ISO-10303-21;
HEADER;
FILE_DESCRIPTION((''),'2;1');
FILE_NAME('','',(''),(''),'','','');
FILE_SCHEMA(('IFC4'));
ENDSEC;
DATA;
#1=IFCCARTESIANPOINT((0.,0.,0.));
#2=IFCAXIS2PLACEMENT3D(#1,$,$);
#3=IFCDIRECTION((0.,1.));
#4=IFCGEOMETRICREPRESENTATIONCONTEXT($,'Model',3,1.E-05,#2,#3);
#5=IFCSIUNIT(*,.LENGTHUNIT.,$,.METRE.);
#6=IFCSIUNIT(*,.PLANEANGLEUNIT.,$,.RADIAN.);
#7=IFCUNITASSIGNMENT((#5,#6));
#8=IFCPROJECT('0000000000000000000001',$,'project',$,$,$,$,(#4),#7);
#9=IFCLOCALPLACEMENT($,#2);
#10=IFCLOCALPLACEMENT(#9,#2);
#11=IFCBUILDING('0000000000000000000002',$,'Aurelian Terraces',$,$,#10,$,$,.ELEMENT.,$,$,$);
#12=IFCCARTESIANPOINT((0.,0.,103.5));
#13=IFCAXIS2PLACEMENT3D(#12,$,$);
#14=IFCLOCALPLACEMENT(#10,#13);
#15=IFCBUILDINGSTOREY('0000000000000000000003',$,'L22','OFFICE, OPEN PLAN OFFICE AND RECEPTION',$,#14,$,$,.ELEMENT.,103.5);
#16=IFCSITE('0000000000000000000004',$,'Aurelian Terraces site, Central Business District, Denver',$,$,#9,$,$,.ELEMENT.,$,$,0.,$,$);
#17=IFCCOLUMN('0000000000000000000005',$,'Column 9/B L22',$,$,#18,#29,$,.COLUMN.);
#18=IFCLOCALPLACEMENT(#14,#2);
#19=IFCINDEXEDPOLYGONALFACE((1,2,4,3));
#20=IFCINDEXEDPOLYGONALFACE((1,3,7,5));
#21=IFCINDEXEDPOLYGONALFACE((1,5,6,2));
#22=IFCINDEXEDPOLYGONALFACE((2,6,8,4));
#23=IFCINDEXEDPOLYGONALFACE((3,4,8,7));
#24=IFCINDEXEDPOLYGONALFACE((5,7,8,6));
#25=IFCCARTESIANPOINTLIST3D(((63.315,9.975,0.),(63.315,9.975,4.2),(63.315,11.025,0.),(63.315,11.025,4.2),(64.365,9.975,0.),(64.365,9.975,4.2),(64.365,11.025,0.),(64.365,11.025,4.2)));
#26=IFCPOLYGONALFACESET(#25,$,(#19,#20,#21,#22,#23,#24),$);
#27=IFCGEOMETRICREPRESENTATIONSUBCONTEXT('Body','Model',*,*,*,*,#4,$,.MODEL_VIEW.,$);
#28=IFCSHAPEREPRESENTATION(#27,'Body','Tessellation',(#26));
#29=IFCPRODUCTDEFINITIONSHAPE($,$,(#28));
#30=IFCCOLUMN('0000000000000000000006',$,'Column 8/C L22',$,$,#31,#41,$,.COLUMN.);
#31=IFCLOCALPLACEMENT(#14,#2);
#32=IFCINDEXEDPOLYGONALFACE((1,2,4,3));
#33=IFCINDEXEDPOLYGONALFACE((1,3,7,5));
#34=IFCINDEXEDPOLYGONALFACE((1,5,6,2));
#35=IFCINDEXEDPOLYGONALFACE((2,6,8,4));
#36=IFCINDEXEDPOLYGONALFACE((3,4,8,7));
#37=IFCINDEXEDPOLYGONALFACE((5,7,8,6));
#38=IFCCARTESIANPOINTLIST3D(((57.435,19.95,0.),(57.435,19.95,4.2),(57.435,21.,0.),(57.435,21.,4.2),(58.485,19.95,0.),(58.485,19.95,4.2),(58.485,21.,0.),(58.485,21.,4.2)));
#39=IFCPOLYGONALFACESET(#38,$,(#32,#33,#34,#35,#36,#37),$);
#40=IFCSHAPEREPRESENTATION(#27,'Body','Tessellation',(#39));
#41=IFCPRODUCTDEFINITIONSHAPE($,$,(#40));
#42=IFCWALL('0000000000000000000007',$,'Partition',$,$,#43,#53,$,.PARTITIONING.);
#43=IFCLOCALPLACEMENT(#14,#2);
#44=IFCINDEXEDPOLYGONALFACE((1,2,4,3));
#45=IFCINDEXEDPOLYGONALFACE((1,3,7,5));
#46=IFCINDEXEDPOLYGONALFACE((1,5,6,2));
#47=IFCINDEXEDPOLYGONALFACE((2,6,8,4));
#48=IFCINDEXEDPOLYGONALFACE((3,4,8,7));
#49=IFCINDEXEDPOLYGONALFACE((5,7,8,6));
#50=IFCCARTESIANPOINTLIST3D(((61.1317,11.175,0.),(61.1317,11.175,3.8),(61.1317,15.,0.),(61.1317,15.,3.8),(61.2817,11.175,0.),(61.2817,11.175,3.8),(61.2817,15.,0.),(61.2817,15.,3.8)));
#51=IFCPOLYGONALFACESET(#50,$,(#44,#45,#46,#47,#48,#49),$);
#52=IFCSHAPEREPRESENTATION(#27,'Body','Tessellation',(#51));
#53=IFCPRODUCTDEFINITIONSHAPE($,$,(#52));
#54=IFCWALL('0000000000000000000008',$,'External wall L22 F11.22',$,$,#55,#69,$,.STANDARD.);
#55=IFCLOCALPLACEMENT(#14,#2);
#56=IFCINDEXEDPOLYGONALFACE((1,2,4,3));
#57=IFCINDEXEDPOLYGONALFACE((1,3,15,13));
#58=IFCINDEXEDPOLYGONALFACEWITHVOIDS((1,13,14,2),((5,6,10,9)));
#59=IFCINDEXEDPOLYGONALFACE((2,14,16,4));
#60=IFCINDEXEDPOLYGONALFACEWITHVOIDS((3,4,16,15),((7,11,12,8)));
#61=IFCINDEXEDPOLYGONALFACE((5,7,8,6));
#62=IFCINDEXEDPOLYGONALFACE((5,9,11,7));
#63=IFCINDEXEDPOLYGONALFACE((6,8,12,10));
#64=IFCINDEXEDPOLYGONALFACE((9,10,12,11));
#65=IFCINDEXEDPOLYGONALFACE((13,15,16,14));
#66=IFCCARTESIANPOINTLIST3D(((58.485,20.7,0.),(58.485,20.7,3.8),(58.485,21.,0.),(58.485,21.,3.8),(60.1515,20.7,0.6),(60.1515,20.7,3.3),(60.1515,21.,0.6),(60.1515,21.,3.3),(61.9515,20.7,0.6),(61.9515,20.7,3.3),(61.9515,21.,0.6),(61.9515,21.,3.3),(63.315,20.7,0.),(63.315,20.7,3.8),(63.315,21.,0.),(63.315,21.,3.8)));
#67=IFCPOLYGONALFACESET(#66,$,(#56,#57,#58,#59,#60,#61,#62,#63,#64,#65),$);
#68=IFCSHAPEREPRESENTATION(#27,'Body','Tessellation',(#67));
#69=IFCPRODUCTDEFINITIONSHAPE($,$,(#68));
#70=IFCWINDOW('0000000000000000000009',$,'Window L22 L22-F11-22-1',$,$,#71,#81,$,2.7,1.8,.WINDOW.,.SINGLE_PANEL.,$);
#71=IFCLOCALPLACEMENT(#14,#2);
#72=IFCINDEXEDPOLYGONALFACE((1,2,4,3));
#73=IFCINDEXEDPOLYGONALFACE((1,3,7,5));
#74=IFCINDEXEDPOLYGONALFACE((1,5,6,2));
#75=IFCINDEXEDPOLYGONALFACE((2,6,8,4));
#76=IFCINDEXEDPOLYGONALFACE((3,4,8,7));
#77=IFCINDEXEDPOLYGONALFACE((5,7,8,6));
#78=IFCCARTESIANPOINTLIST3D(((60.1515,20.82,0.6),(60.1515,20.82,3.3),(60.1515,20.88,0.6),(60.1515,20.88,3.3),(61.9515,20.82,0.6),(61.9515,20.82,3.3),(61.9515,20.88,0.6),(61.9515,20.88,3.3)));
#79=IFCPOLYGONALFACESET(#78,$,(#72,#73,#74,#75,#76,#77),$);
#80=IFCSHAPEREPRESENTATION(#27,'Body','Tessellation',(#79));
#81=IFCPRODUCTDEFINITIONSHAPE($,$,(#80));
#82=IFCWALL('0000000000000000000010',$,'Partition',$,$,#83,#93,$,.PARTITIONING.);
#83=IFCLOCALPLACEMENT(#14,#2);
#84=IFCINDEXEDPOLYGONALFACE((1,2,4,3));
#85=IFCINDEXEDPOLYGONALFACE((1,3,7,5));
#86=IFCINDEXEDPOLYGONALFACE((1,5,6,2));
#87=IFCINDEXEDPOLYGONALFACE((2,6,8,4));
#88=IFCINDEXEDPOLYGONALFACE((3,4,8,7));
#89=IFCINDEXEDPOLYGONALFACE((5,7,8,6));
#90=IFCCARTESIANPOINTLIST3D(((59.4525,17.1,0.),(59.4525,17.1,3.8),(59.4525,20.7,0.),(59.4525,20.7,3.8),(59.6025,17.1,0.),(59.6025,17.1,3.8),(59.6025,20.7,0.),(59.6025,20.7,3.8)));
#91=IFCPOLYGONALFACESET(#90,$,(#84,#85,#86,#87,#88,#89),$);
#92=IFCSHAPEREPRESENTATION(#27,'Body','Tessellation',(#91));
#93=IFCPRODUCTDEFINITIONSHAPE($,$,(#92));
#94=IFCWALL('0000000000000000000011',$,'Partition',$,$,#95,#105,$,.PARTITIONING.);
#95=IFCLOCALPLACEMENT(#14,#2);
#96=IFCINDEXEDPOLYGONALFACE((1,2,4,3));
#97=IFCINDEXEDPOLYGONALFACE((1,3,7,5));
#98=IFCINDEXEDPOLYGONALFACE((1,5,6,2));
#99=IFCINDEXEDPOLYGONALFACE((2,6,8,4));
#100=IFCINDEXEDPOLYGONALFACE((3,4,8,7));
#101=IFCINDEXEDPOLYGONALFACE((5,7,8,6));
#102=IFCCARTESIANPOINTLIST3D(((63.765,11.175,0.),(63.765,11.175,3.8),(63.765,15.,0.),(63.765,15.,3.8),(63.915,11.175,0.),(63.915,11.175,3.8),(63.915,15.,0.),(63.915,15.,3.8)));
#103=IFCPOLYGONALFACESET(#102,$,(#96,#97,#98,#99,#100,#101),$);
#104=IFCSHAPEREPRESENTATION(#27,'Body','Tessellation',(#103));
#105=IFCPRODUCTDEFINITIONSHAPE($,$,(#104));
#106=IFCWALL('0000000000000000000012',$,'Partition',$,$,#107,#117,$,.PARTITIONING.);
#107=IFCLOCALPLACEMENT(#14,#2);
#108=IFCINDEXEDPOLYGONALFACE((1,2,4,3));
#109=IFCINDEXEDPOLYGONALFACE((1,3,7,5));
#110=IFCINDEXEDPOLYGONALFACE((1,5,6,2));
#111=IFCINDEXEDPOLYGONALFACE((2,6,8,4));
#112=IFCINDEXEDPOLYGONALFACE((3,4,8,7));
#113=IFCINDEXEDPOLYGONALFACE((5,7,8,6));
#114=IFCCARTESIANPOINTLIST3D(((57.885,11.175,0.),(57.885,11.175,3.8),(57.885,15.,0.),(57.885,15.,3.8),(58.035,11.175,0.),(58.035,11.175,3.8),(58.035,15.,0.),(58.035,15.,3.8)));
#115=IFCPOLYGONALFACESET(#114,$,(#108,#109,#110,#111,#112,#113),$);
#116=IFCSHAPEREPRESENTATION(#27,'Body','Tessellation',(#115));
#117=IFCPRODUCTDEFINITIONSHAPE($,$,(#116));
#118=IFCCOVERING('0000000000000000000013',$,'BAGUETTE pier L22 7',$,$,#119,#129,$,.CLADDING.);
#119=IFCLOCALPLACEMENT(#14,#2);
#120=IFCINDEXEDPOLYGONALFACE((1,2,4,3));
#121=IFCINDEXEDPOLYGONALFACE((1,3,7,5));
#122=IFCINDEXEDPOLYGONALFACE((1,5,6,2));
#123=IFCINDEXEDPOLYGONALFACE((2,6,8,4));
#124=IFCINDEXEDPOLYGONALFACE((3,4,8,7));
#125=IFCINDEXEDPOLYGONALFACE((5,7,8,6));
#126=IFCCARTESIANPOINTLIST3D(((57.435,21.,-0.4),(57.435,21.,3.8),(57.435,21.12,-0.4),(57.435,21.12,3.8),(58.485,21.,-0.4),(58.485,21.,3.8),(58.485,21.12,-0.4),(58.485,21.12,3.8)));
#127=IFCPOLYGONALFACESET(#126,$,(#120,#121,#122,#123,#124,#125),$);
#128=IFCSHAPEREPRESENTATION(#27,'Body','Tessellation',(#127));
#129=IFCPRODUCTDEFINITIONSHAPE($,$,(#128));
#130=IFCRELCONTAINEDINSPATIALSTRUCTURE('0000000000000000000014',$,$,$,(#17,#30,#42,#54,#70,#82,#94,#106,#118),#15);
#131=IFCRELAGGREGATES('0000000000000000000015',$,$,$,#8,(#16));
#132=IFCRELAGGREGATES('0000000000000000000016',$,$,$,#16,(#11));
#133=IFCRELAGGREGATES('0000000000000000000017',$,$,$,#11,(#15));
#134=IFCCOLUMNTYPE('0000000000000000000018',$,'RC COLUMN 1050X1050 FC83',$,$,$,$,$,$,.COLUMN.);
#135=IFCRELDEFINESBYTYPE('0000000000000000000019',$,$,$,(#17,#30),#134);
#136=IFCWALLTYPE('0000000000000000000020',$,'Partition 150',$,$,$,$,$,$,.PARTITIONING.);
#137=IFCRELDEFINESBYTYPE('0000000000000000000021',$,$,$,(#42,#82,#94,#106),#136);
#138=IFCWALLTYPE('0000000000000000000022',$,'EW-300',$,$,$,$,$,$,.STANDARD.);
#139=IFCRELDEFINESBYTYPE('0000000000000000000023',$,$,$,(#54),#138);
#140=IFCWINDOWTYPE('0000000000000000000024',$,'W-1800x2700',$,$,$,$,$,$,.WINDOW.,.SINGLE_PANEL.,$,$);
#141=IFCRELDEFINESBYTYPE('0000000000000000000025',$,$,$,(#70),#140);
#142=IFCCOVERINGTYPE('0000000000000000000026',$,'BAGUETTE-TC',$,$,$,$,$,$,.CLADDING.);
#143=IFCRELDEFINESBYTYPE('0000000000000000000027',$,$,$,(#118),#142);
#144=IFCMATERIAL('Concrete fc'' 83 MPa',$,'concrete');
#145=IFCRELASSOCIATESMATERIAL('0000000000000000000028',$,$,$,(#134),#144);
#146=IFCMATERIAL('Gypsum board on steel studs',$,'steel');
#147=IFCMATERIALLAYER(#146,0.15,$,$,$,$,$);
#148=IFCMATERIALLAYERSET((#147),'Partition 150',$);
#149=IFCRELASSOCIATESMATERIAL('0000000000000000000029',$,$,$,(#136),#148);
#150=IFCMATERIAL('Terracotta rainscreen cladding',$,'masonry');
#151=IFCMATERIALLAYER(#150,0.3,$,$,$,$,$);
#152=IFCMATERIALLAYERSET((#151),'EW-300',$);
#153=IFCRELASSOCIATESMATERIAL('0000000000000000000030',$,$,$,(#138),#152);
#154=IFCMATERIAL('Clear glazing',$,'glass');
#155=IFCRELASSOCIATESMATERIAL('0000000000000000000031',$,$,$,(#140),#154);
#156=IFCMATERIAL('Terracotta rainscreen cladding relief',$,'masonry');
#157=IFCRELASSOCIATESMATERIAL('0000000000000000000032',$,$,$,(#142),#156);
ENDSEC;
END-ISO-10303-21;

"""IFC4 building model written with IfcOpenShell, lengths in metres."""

from ifc_helpers import new_model, si_unit, direction, frame, frame_2d, origin, origin_2d, place, context, subcontext, project, spatial, rectangle, extrude, source, transform, mapped, material, layer, layer_set, material_profile, profile_set, type_object, element, fill, save


model = new_model("IFC4")

# Units and contexts
model_context = context("Model", 3, precision=1e-05, world=origin(), true_north=direction((0.0, 1.0)))
body_context = subcontext(model_context, "Body", "Model", "MODEL_VIEW")
ifc_project = project(units=[si_unit("LENGTHUNIT", "METRE"), si_unit("PLANEANGLEUNIT", "RADIAN")], contexts=[model_context])

# Site, building, storey
site_placement = place(None, origin())
site = spatial("IfcSite", under=ifc_project, at=site_placement, Name="Aurelian Terraces site, Central Business District, Denver", CompositionType="ELEMENT", RefElevation=0.0)
building_placement = place(site_placement, origin())
building = spatial("IfcBuilding", under=site, at=building_placement, Name="Aurelian Terraces", CompositionType="ELEMENT")
storey_placement = place(building_placement, frame((0.0, 0.0, 103.5)))
storey = spatial("IfcBuildingStorey", under=building, at=storey_placement, Name="L22", Description="OFFICE, OPEN PLAN OFFICE AND RECEPTION", CompositionType="ELEMENT", Elevation=103.5)

# Columns
ifc_material_1 = material(Name="Concrete fc' 83 MPa", Category="concrete")
ifc_material_profile = material_profile(ifc_material_1, rectangle(XDim=1.05, YDim=1.05, at=origin_2d()))
ifc_profile_set = profile_set([ifc_material_profile], Name="Concrete fc' 83 MPa")
column_type = type_object("IfcColumnType", Name="RC COLUMN 1050X1050 FC83", PredefinedType="COLUMN", material=ifc_profile_set)
shared_shape_1 = source(origin(), body_context, "Body", "SweptSolid", [
    extrude(rectangle(XDim=1.05, YDim=1.05, at=origin_2d()), origin(), (0.0, 0.0, 1.0), 4.2),
])
for number, where, z_axis, x_axis, name in (
    (1, (63.84, 10.5, 0.0), (0.0, 0.0, 1.0), (1.0, 0.0, 0.0), "Column 9/B L22"),
    (2, (57.96, 20.475, 0.0), (0.0, 0.0, 1.0), (1.0, 0.0, 0.0), "Column 8/C L22"),
):
    element("IfcColumn", number, at=place(storey_placement, frame(where, z_axis=z_axis, x_axis=x_axis)), inside=storey, type_object=column_type, Name=name, PredefinedType="COLUMN", context=body_context, shape_type="MappedRepresentation", body=[
        mapped(shared_shape_1, transform((0.0, 0.0, 0.0), scale=1.0)),
    ])

# Wall
ifc_material_2 = material(Name="Gypsum board on steel studs", Category="steel")
ifc_layer_1 = layer(ifc_material_2, 0.15)
ifc_layer_set_1 = layer_set([ifc_layer_1], Name="Partition 150")
wall_type_1 = type_object("IfcWallType", Name="Partition 150", PredefinedType="PARTITIONING", material=ifc_layer_set_1)
wall_1_placement = place(storey_placement, frame((61.2067, 11.175, 0.0), z_axis=(0.0, 0.0, 1.0), x_axis=(0.0, 1.0, 0.0)))
element("IfcWall", 3, at=wall_1_placement, inside=storey, type_object=wall_type_1, Name="Partition", PredefinedType="PARTITIONING", context=body_context, shape_type="SweptSolid", body=[
    extrude(rectangle(XDim=3.825, YDim=0.15, at=frame_2d((1.9125, 0.0))), origin(), (0.0, 0.0, 1.0), 3.8),
])

# Wall, opening, window
ifc_material_3 = material(Name="Terracotta rainscreen cladding", Category="masonry")
ifc_layer_2 = layer(ifc_material_3, 0.3)
ifc_layer_set_2 = layer_set([ifc_layer_2], Name="EW-300")
wall_type_2 = type_object("IfcWallType", Name="EW-300", PredefinedType="STANDARD", material=ifc_layer_set_2)
shared_shape_2 = source(origin(), body_context, "Body", "SweptSolid", [
    extrude(rectangle(XDim=4.83, YDim=0.3, at=frame_2d((2.415, 0.0))), origin(), (0.0, 0.0, 1.0), 3.8),
])
wall_2_placement = place(storey_placement, frame((63.315, 20.85, 0.0), z_axis=(0.0, 0.0, 1.0), x_axis=(-1.0, 0.0, 0.0)))
wall_2 = element("IfcWall", 4, at=wall_2_placement, inside=storey, type_object=wall_type_2, Name="External wall L22 F11.22", PredefinedType="STANDARD", context=body_context, shape_type="MappedRepresentation", body=[
    mapped(shared_shape_2, transform((0.0, 0.0, 0.0), scale=1.0)),
])
shared_shape_3 = source(origin(), body_context, "Body", "SweptSolid", [
    extrude(rectangle(XDim=1.8, YDim=2.7, at=frame_2d((0.9, 1.35))), frame((0.0, 0.16, 0.0), z_axis=(0.0, -1.0, 0.0), x_axis=(1.0, 0.0, 0.0)), (0.0, 0.0, 1.0), 0.32),
])
opening_placement = place(wall_2_placement, frame((1.3635, 0.0, 0.6)))
opening = element("IfcOpeningElement", 5, at=opening_placement, cuts=wall_2, PredefinedType="OPENING", context=body_context, shape_type="MappedRepresentation", body=[
    mapped(shared_shape_3, transform((0.0, 0.0, 0.0), scale=1.0)),
])
ifc_material_4 = material(Name="Clear glazing", Category="glass")
window_type = type_object("IfcWindowType", Name="W-1800x2700", PartitioningType="SINGLE_PANEL", PredefinedType="WINDOW", material=ifc_material_4)
shared_shape_4 = source(origin(), body_context, "Body", "SweptSolid", [
    extrude(rectangle(XDim=1.8, YDim=2.7, at=frame_2d((0.9, 1.35))), frame((0.0, 0.03, 0.0), z_axis=(0.0, -1.0, 0.0), x_axis=(1.0, 0.0, 0.0)), (0.0, 0.0, 1.0), 0.06),
])
window_placement = place(opening_placement, origin())
window = element("IfcWindow", 6, at=window_placement, inside=storey, type_object=window_type, Name="Window L22 L22-F11-22-1", OverallHeight=2.7, OverallWidth=1.8, PartitioningType="SINGLE_PANEL", PredefinedType="WINDOW", context=body_context, shape_type="MappedRepresentation", body=[
    mapped(shared_shape_4, transform((0.0, 0.0, 0.0), scale=1.0)),
])
fill(opening, window)

# Walls
shared_shape_5 = source(origin(), body_context, "Body", "SweptSolid", [
    extrude(rectangle(XDim=3.6, YDim=0.15, at=frame_2d((1.8, 0.0))), origin(), (0.0, 0.0, 1.0), 3.8),
])
wall_3_placement = place(storey_placement, frame((59.5275, 20.7, 0.0), z_axis=(0.0, 0.0, 1.0), x_axis=(0.0, -1.0, 0.0)))
element("IfcWall", 7, at=wall_3_placement, inside=storey, type_object=wall_type_1, Name="Partition", PredefinedType="PARTITIONING", context=body_context, shape_type="MappedRepresentation", body=[
    mapped(shared_shape_5, transform((0.0, 0.0, 0.0), scale=1.0)),
])
shared_shape_6 = source(origin(), body_context, "Body", "SweptSolid", [
    extrude(rectangle(XDim=3.825, YDim=0.15, at=frame_2d((1.9125, 0.0))), origin(), (0.0, 0.0, 1.0), 3.8),
])
for number, where, z_axis, x_axis, name in (
    (8, (63.84, 11.175, 0.0), (0.0, 0.0, 1.0), (0.0, 1.0, 0.0), "Partition"),
    (9, (57.96, 11.175, 0.0), (0.0, 0.0, 1.0), (0.0, 1.0, 0.0), "Partition"),
):
    element("IfcWall", number, at=place(storey_placement, frame(where, z_axis=z_axis, x_axis=x_axis)), inside=storey, type_object=wall_type_1, Name=name, PredefinedType="PARTITIONING", context=body_context, shape_type="MappedRepresentation", body=[
        mapped(shared_shape_6, transform((0.0, 0.0, 0.0), scale=1.0)),
    ])

# Covering
ifc_material_5 = material(Name="Terracotta rainscreen cladding relief", Category="masonry")
covering_type = type_object("IfcCoveringType", Name="BAGUETTE-TC", PredefinedType="CLADDING", material=ifc_material_5)
shared_shape_7 = source(origin(), body_context, "Body", "SweptSolid", [
    extrude(rectangle(XDim=1.05, YDim=0.12, at=origin_2d()), origin(), (0.0, 0.0, 1.0), 4.2),
])
covering_placement = place(storey_placement, frame((57.96, 21.06, -0.4), z_axis=(0.0, 0.0, 1.0), x_axis=(1.0, 0.0, 0.0)))
element("IfcCovering", 10, at=covering_placement, inside=storey, type_object=covering_type, Name="BAGUETTE pier L22 7", PredefinedType="CLADDING", context=body_context, shape_type="MappedRepresentation", body=[
    mapped(shared_shape_7, transform((0.0, 0.0, 0.0), scale=1.0)),
])

save(model, "model.ifc")
